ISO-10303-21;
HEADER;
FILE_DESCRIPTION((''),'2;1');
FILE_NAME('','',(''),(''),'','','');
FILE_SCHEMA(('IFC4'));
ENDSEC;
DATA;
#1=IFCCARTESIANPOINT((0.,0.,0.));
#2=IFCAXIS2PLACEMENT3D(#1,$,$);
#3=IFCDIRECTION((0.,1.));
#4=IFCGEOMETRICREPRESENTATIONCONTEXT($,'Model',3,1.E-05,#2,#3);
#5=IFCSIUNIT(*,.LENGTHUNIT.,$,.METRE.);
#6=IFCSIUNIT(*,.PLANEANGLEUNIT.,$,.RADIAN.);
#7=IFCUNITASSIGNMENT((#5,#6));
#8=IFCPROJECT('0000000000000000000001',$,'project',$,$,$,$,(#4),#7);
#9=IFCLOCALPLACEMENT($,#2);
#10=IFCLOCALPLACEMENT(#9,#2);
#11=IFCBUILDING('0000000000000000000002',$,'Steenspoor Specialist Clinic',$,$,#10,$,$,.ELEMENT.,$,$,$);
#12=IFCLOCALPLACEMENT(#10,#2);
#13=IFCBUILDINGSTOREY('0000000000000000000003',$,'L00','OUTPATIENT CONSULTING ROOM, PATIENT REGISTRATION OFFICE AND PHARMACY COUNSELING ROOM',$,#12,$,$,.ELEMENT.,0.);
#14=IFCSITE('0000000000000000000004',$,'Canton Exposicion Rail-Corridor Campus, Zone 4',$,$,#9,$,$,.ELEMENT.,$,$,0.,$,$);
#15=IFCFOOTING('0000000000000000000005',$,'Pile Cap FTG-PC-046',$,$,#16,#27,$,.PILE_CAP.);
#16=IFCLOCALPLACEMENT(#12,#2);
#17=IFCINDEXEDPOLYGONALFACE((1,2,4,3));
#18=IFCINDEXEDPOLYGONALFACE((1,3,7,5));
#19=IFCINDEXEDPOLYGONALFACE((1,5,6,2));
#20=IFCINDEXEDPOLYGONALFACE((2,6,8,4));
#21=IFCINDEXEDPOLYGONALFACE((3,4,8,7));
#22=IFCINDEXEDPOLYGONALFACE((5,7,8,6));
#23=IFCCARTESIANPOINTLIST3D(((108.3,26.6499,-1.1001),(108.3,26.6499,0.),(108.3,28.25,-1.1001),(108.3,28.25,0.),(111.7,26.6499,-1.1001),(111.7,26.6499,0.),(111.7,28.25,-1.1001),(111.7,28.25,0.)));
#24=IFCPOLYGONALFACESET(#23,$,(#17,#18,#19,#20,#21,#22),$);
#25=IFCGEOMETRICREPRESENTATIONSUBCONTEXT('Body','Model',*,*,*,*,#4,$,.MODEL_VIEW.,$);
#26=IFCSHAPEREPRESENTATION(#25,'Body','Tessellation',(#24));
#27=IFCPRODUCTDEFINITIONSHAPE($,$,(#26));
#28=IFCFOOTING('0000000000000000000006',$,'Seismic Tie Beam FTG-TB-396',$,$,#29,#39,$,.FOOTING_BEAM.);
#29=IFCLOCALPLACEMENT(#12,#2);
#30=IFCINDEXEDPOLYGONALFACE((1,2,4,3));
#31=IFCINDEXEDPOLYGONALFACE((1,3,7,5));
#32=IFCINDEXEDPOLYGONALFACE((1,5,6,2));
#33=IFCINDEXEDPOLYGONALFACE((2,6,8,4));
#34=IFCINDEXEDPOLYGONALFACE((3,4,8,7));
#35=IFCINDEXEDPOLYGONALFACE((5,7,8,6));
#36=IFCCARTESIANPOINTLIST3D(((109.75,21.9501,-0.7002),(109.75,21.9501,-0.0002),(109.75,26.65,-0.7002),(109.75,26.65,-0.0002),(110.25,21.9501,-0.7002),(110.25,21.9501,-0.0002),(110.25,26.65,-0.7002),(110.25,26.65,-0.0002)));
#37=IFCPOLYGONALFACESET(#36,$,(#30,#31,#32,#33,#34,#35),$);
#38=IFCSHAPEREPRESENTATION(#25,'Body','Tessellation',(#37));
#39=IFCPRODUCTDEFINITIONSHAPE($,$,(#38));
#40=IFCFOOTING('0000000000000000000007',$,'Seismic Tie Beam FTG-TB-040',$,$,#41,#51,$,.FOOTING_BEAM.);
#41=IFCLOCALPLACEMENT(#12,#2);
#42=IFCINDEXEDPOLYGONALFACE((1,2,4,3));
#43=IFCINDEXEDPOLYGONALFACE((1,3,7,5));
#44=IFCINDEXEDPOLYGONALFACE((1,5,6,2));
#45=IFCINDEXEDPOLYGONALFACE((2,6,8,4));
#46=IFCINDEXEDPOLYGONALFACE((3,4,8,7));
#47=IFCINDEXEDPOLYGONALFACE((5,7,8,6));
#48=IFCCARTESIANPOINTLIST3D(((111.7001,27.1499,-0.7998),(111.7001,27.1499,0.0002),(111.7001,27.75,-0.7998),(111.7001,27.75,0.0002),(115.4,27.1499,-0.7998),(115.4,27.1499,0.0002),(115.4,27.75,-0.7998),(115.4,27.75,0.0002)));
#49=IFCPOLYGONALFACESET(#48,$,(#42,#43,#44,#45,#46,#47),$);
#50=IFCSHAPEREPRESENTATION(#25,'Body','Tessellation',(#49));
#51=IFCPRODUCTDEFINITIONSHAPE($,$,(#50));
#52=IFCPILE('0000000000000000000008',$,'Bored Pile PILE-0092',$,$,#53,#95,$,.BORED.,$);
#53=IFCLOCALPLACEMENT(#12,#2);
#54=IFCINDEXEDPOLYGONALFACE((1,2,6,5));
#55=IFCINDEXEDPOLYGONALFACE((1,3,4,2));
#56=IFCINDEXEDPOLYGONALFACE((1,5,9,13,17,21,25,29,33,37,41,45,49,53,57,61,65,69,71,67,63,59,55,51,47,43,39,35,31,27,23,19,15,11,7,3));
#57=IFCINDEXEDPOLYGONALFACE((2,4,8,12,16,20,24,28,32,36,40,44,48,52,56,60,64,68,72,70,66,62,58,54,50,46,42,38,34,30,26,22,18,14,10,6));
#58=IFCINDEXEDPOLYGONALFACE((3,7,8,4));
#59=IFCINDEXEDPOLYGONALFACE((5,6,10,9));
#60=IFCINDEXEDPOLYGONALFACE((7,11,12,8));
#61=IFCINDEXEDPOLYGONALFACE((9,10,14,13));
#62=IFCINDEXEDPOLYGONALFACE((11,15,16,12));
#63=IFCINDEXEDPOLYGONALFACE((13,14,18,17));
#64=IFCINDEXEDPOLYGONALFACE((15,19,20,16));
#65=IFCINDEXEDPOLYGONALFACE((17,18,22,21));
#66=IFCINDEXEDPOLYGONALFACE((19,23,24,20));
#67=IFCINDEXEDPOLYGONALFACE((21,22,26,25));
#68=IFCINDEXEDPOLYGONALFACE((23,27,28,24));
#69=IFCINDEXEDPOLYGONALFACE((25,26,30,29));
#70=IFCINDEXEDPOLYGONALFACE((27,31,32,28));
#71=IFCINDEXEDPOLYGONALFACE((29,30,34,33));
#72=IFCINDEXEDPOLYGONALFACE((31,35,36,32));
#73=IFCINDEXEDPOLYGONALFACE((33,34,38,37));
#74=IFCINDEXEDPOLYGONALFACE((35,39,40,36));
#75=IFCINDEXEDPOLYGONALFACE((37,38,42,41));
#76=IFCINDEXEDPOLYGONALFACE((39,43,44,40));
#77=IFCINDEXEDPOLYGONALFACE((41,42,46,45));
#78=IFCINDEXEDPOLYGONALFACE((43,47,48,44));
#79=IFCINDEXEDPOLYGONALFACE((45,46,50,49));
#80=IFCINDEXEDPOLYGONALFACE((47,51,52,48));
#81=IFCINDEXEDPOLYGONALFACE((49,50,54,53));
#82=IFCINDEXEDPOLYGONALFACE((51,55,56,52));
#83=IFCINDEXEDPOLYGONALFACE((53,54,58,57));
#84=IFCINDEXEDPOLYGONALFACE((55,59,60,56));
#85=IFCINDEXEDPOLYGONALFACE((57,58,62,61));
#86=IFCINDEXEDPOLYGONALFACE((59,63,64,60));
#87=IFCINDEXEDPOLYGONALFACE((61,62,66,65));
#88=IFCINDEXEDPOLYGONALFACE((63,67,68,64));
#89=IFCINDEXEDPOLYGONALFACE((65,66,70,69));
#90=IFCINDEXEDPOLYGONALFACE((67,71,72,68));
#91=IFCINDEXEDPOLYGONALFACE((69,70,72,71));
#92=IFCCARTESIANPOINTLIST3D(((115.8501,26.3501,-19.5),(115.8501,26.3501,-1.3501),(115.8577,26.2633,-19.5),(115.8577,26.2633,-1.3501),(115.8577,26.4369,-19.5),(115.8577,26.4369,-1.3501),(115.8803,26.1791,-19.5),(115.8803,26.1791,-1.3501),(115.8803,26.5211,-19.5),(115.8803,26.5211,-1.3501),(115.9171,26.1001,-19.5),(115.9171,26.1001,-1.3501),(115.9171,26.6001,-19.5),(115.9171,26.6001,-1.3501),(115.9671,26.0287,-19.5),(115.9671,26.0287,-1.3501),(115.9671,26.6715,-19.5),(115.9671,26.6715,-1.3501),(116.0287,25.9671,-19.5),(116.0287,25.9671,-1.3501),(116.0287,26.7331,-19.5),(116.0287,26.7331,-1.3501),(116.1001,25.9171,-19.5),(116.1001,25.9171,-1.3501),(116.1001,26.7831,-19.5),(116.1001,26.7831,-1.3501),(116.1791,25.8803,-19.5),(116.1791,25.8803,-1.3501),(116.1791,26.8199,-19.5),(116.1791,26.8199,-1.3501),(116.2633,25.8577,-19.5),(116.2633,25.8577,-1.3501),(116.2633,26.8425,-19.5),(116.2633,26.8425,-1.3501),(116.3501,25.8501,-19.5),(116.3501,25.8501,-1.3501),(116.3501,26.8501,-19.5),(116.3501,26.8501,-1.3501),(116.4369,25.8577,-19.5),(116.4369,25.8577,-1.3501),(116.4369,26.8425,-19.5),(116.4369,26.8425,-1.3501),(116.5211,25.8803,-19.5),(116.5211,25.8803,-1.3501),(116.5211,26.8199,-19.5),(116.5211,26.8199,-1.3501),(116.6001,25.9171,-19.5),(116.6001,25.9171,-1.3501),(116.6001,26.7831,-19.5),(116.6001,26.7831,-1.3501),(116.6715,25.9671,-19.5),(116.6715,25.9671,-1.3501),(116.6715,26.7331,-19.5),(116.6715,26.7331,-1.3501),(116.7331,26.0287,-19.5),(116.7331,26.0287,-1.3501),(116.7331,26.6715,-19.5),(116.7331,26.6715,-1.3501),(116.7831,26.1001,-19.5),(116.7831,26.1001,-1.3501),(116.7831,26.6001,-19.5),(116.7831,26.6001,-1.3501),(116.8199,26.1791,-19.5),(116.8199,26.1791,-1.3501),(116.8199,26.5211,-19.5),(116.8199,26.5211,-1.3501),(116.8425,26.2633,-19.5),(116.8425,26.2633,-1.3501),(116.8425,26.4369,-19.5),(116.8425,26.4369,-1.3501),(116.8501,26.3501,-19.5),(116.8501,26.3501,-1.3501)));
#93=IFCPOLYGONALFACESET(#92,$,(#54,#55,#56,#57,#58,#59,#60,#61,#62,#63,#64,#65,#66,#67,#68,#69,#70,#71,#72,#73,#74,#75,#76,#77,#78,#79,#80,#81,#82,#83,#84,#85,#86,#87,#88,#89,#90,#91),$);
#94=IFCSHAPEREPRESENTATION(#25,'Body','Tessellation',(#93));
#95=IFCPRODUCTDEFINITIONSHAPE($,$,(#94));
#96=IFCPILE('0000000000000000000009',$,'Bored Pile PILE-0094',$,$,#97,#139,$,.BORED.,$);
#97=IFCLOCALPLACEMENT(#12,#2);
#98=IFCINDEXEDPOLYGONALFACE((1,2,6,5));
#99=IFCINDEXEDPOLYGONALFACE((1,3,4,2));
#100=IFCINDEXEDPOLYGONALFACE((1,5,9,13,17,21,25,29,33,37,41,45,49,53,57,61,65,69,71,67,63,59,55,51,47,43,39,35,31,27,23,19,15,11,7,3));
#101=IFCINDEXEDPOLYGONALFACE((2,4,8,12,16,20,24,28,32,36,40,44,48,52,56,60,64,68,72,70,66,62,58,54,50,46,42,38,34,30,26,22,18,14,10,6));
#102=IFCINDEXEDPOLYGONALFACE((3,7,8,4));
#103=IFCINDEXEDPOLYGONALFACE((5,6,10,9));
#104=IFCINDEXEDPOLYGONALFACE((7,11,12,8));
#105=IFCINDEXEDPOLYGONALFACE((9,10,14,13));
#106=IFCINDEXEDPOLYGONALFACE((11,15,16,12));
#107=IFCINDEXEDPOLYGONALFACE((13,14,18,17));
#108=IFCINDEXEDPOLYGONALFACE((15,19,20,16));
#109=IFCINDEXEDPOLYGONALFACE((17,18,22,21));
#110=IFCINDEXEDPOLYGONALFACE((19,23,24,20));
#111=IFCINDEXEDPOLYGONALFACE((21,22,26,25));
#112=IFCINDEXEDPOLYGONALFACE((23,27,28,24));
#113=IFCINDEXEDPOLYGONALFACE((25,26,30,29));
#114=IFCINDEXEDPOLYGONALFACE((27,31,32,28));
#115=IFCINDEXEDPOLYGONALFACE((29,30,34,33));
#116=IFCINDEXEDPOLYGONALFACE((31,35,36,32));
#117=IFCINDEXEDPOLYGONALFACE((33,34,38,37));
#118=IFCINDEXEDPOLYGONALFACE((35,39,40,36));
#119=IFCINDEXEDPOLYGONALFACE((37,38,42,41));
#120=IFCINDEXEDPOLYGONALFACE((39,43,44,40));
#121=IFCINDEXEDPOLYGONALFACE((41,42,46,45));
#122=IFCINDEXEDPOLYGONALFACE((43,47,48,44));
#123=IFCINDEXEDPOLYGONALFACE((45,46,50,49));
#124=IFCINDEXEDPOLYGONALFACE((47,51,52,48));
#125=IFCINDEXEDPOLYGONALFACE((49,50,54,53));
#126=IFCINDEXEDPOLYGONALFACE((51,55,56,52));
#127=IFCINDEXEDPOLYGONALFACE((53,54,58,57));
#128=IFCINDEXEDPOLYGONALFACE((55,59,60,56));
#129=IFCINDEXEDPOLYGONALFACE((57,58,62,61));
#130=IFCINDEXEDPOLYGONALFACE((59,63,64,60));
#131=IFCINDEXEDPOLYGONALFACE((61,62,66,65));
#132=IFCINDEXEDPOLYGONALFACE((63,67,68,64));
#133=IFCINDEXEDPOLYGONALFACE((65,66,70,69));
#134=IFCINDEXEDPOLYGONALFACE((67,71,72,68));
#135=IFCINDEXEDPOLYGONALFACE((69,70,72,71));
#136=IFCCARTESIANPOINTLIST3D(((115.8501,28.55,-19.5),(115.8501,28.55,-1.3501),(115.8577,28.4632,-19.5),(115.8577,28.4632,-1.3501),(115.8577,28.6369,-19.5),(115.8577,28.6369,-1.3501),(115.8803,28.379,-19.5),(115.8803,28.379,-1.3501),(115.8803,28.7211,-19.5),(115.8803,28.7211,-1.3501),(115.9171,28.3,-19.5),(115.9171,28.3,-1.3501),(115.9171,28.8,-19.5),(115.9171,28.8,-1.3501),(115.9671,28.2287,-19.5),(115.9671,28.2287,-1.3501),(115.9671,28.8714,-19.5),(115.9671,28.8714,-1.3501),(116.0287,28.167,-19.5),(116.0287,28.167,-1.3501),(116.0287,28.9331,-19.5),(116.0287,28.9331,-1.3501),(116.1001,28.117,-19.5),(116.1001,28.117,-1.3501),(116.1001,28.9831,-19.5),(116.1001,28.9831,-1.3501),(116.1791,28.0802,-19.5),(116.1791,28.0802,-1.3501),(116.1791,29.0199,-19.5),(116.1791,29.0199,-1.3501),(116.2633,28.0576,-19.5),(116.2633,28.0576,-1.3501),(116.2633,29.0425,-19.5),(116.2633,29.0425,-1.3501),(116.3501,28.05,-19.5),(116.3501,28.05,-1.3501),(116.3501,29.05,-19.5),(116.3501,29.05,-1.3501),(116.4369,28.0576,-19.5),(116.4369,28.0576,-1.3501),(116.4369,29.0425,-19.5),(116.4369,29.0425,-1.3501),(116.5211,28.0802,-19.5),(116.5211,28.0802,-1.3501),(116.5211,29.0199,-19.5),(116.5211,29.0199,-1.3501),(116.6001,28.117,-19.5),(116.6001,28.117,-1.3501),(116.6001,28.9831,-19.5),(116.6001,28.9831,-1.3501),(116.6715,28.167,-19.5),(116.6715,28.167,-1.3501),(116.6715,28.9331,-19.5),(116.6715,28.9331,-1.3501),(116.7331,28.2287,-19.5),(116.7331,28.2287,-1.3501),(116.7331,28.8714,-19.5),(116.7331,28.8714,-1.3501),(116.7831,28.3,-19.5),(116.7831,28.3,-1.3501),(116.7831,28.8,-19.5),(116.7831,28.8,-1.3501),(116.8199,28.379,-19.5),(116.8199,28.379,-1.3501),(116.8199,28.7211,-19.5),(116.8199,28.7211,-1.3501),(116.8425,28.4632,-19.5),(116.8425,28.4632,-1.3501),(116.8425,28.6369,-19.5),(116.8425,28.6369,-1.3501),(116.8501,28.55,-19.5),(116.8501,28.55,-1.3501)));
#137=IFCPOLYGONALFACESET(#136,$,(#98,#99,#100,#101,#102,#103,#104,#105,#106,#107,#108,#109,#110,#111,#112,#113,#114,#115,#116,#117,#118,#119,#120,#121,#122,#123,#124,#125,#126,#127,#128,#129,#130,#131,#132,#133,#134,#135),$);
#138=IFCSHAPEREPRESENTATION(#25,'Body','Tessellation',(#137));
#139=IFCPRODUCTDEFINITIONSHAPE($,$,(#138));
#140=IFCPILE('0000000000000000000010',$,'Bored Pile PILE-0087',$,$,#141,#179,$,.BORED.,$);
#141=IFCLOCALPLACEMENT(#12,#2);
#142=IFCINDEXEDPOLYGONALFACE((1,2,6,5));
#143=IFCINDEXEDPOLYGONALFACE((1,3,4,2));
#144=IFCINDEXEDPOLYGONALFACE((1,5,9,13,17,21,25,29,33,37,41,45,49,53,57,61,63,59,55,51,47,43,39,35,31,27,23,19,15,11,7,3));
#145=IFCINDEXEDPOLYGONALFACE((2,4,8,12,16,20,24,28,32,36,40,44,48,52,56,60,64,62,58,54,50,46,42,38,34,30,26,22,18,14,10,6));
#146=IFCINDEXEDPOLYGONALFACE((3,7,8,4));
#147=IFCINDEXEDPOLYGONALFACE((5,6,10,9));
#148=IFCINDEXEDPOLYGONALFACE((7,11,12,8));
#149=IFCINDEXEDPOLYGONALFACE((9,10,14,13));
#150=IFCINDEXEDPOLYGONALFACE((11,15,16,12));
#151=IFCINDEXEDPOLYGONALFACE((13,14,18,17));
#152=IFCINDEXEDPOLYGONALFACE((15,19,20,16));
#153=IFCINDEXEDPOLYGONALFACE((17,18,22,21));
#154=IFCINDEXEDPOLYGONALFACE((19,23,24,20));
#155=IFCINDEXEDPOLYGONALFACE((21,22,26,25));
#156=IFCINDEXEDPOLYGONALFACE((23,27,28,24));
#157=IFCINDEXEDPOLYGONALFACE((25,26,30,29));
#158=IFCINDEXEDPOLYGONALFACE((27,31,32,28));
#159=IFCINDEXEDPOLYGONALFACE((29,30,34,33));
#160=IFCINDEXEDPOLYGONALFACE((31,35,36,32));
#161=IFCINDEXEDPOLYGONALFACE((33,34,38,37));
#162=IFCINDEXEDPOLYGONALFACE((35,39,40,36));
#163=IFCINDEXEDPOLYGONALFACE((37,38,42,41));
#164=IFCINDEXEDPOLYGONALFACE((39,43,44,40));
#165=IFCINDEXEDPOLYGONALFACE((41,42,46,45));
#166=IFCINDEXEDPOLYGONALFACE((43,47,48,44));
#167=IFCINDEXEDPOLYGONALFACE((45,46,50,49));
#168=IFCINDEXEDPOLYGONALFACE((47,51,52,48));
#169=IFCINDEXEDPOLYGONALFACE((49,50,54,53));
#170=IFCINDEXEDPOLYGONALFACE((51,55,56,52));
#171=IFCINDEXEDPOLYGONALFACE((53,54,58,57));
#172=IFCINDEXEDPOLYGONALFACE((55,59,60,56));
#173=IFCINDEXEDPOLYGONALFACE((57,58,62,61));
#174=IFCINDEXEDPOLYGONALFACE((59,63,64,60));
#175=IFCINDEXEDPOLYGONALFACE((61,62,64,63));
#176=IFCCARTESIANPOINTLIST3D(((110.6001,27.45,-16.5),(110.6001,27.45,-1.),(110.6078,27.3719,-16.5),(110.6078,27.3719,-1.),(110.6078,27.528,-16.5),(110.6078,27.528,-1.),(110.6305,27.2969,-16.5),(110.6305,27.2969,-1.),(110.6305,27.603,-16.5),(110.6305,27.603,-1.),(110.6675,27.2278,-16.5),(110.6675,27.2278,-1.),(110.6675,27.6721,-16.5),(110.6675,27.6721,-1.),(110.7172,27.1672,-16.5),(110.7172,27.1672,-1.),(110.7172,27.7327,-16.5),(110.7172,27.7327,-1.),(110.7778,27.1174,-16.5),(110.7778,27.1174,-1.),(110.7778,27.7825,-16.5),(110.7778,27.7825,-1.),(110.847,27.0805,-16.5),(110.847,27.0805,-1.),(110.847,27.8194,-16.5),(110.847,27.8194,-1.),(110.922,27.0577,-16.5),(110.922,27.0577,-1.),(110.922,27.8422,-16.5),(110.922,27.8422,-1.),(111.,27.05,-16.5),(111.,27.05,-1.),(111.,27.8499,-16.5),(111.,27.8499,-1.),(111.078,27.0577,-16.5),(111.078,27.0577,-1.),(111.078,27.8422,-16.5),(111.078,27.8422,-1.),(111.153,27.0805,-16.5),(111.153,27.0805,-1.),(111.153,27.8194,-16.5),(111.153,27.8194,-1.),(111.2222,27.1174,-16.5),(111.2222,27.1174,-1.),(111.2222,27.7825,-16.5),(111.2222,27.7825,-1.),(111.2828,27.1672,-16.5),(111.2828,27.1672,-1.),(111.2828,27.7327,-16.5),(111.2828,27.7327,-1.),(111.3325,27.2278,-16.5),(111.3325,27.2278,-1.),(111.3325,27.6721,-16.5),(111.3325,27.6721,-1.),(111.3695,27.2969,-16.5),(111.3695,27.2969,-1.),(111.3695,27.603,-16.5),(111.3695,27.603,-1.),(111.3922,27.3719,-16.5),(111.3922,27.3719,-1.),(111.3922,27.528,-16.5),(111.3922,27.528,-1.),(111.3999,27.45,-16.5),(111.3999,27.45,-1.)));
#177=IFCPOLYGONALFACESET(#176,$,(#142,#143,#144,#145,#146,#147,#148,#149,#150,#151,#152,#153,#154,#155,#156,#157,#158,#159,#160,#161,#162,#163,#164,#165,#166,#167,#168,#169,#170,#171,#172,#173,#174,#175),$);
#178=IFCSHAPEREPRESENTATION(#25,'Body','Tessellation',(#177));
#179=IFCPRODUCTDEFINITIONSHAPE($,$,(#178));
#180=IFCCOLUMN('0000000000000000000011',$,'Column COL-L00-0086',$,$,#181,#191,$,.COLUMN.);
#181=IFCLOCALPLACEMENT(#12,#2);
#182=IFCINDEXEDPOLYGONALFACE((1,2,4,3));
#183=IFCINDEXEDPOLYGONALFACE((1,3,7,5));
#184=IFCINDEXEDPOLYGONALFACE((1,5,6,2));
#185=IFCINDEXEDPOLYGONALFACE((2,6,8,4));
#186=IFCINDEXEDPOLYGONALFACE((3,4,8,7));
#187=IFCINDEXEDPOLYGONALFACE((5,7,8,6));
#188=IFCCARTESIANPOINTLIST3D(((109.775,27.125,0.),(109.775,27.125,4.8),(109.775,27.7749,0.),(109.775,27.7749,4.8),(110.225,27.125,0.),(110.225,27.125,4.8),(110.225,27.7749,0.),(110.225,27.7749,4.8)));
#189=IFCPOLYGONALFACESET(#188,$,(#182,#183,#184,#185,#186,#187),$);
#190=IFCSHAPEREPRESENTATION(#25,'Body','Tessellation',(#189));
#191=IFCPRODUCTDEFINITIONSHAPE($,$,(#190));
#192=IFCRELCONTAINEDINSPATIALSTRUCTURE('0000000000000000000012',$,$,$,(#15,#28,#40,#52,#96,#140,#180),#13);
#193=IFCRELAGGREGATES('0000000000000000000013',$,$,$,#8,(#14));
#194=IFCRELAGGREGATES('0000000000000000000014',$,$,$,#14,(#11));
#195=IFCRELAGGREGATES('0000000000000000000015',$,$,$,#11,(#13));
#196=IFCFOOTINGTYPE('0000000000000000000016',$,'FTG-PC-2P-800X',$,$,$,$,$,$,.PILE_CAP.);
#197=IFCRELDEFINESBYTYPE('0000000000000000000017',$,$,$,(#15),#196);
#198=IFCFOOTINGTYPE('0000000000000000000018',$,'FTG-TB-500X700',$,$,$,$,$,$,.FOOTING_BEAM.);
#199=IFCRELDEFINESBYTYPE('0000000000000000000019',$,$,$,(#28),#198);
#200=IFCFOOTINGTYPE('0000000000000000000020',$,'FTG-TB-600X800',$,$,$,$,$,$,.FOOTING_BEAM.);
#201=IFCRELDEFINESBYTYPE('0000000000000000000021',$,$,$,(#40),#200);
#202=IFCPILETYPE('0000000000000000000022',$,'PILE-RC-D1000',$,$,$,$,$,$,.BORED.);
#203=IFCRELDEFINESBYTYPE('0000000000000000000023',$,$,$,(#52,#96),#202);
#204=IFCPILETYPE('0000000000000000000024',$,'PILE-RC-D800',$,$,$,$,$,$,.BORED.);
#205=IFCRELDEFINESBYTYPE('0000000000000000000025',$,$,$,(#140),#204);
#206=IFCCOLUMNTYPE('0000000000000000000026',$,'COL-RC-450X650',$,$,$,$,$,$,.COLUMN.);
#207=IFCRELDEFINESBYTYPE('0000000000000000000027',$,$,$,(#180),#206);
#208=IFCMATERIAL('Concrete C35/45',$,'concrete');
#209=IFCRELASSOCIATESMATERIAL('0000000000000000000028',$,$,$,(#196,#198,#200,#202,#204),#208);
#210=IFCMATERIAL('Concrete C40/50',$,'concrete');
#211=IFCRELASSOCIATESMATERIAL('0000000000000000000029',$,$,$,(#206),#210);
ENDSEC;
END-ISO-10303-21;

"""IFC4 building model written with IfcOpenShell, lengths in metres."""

from ifc_helpers import new_model, si_unit, direction, frame, origin, origin_2d, place, context, subcontext, project, spatial, rectangle, circle, extrude, material, material_profile, profile_set, type_object, element, save


model = new_model("IFC4")

# Units and contexts
model_context = context("Model", 3, precision=1e-05, world=origin(), true_north=direction((0.0, 1.0)))
body_context = subcontext(model_context, "Body", "Model", "MODEL_VIEW")
ifc_project = project(units=[si_unit("LENGTHUNIT", "METRE"), si_unit("PLANEANGLEUNIT", "RADIAN")], contexts=[model_context])

# Site, building, storey
site_placement = place(None, origin())
site = spatial("IfcSite", under=ifc_project, at=site_placement, Name="Canton Exposicion Rail-Corridor Campus, Zone 4", CompositionType="ELEMENT", RefElevation=0.0)
building_placement = place(site_placement, origin())
building = spatial("IfcBuilding", under=site, at=building_placement, Name="Steenspoor Specialist Clinic", CompositionType="ELEMENT")
storey_placement = place(building_placement, origin())
storey = spatial("IfcBuildingStorey", under=building, at=storey_placement, Name="L00", Description="OUTPATIENT CONSULTING ROOM, PATIENT REGISTRATION OFFICE AND PHARMACY COUNSELING ROOM", CompositionType="ELEMENT", Elevation=0.0)

# Footings
ifc_material_1 = material(Name="Concrete C35/45", Category="concrete")
footing_type_1 = type_object("IfcFootingType", Name="FTG-PC-2P-800X", PredefinedType="PILE_CAP", material=ifc_material_1)
footing_1_placement = place(storey_placement, frame((110.0, 27.45, -1.1001), z_axis=(0.0, 0.0, 1.0), x_axis=(1.0, 0.0, 0.0)))
element("IfcFooting", 1, at=footing_1_placement, inside=storey, type_object=footing_type_1, Name="Pile Cap FTG-PC-046", PredefinedType="PILE_CAP", context=body_context, shape_type="SweptSolid", body=[
    extrude(rectangle(XDim=3.3999, YDim=1.6001, at=origin_2d()), origin(), (0.0, 0.0, 1.0), 1.1001),
])
footing_type_2 = type_object("IfcFootingType", Name="FTG-TB-500X700", PredefinedType="FOOTING_BEAM", material=ifc_material_1)
footing_2_placement = place(storey_placement, frame((110.0, 24.3, -0.7002), z_axis=(0.0, 0.0, 1.0), x_axis=(1.0, 0.0, 0.0)))
element("IfcFooting", 2, at=footing_2_placement, inside=storey, type_object=footing_type_2, Name="Seismic Tie Beam FTG-TB-396", PredefinedType="FOOTING_BEAM", context=body_context, shape_type="SweptSolid", body=[
    extrude(rectangle(XDim=0.5, YDim=4.7, at=origin_2d()), origin(), (0.0, 0.0, 1.0), 0.7),
])
footing_type_3 = type_object("IfcFootingType", Name="FTG-TB-600X800", PredefinedType="FOOTING_BEAM", material=ifc_material_1)
footing_3_placement = place(storey_placement, frame((113.55, 27.45, -0.7998), z_axis=(0.0, 0.0, 1.0), x_axis=(1.0, 0.0, 0.0)))
element("IfcFooting", 3, at=footing_3_placement, inside=storey, type_object=footing_type_3, Name="Seismic Tie Beam FTG-TB-040", PredefinedType="FOOTING_BEAM", context=body_context, shape_type="SweptSolid", body=[
    extrude(rectangle(XDim=3.7, YDim=0.6001, at=origin_2d()), origin(), (0.0, 0.0, 1.0), 0.8),
])

# Piles
ifc_material_profile_1 = material_profile(ifc_material_1, circle(Radius=0.5, at=origin_2d()), Name="PILE-D1000")
ifc_profile_set_1 = profile_set([ifc_material_profile_1], Name="Concrete C35/45")
pile_type_1 = type_object("IfcPileType", Name="PILE-RC-D1000", PredefinedType="BORED", material=ifc_profile_set_1)
for number, where, z_axis, x_axis, name in (
    (4, (116.3501, 26.3501, -1.3501), (0.0, 0.0, -1.0), (1.0, 0.0, 0.0), "Bored Pile PILE-0092"),
    (5, (116.3501, 28.55, -1.3501), (0.0, 0.0, -1.0), (1.0, 0.0, 0.0), "Bored Pile PILE-0094"),
):
    element("IfcPile", number, at=place(storey_placement, frame(where, z_axis=z_axis, x_axis=x_axis)), inside=storey, type_object=pile_type_1, Name=name, PredefinedType="BORED", context=body_context, shape_type="SweptSolid", body=[
        extrude(circle(Radius=0.5, at=origin_2d()), origin(), (0.0, 0.0, 1.0), 18.1499),
    ])
ifc_material_profile_2 = material_profile(ifc_material_1, circle(Radius=0.3999, at=origin_2d()), Name="PILE-D800")
ifc_profile_set_2 = profile_set([ifc_material_profile_2], Name="Concrete C35/45")
pile_type_2 = type_object("IfcPileType", Name="PILE-RC-D800", PredefinedType="BORED", material=ifc_profile_set_2)
pile_placement = place(storey_placement, frame((111.0, 27.45, -1.0), z_axis=(0.0, 0.0, -1.0), x_axis=(1.0, 0.0, 0.0)))
element("IfcPile", 6, at=pile_placement, inside=storey, type_object=pile_type_2, Name="Bored Pile PILE-0087", PredefinedType="BORED", context=body_context, shape_type="SweptSolid", body=[
    extrude(circle(Radius=0.3999, at=origin_2d()), origin(), (0.0, 0.0, 1.0), 15.5),
])

# Column
ifc_material_2 = material(Name="Concrete C40/50", Category="concrete")
ifc_material_profile_3 = material_profile(ifc_material_2, rectangle(XDim=0.45, YDim=0.6499, at=origin_2d()), Name="RC-COL-450X650")
ifc_profile_set_3 = profile_set([ifc_material_profile_3], Name="Concrete C40/50")
column_type_1 = type_object("IfcColumnType", Name="COL-RC-450X650", PredefinedType="COLUMN", material=ifc_profile_set_3)
column_1_placement = place(storey_placement, frame((110.0, 27.45, 0.0), z_axis=(0.0, 0.0, 1.0), x_axis=(1.0, 0.0, 0.0)))
element("IfcColumn", 7, at=column_1_placement, inside=storey, type_object=column_type_1, Name="Column COL-L00-0086", PredefinedType="COLUMN", context=body_context, shape_type="SweptSolid", body=[
    extrude(rectangle(XDim=0.45, YDim=0.6499, at=origin_2d()), origin(), (0.0, 0.0, 1.0), 4.8),
])

save(model, "model.ifc")
